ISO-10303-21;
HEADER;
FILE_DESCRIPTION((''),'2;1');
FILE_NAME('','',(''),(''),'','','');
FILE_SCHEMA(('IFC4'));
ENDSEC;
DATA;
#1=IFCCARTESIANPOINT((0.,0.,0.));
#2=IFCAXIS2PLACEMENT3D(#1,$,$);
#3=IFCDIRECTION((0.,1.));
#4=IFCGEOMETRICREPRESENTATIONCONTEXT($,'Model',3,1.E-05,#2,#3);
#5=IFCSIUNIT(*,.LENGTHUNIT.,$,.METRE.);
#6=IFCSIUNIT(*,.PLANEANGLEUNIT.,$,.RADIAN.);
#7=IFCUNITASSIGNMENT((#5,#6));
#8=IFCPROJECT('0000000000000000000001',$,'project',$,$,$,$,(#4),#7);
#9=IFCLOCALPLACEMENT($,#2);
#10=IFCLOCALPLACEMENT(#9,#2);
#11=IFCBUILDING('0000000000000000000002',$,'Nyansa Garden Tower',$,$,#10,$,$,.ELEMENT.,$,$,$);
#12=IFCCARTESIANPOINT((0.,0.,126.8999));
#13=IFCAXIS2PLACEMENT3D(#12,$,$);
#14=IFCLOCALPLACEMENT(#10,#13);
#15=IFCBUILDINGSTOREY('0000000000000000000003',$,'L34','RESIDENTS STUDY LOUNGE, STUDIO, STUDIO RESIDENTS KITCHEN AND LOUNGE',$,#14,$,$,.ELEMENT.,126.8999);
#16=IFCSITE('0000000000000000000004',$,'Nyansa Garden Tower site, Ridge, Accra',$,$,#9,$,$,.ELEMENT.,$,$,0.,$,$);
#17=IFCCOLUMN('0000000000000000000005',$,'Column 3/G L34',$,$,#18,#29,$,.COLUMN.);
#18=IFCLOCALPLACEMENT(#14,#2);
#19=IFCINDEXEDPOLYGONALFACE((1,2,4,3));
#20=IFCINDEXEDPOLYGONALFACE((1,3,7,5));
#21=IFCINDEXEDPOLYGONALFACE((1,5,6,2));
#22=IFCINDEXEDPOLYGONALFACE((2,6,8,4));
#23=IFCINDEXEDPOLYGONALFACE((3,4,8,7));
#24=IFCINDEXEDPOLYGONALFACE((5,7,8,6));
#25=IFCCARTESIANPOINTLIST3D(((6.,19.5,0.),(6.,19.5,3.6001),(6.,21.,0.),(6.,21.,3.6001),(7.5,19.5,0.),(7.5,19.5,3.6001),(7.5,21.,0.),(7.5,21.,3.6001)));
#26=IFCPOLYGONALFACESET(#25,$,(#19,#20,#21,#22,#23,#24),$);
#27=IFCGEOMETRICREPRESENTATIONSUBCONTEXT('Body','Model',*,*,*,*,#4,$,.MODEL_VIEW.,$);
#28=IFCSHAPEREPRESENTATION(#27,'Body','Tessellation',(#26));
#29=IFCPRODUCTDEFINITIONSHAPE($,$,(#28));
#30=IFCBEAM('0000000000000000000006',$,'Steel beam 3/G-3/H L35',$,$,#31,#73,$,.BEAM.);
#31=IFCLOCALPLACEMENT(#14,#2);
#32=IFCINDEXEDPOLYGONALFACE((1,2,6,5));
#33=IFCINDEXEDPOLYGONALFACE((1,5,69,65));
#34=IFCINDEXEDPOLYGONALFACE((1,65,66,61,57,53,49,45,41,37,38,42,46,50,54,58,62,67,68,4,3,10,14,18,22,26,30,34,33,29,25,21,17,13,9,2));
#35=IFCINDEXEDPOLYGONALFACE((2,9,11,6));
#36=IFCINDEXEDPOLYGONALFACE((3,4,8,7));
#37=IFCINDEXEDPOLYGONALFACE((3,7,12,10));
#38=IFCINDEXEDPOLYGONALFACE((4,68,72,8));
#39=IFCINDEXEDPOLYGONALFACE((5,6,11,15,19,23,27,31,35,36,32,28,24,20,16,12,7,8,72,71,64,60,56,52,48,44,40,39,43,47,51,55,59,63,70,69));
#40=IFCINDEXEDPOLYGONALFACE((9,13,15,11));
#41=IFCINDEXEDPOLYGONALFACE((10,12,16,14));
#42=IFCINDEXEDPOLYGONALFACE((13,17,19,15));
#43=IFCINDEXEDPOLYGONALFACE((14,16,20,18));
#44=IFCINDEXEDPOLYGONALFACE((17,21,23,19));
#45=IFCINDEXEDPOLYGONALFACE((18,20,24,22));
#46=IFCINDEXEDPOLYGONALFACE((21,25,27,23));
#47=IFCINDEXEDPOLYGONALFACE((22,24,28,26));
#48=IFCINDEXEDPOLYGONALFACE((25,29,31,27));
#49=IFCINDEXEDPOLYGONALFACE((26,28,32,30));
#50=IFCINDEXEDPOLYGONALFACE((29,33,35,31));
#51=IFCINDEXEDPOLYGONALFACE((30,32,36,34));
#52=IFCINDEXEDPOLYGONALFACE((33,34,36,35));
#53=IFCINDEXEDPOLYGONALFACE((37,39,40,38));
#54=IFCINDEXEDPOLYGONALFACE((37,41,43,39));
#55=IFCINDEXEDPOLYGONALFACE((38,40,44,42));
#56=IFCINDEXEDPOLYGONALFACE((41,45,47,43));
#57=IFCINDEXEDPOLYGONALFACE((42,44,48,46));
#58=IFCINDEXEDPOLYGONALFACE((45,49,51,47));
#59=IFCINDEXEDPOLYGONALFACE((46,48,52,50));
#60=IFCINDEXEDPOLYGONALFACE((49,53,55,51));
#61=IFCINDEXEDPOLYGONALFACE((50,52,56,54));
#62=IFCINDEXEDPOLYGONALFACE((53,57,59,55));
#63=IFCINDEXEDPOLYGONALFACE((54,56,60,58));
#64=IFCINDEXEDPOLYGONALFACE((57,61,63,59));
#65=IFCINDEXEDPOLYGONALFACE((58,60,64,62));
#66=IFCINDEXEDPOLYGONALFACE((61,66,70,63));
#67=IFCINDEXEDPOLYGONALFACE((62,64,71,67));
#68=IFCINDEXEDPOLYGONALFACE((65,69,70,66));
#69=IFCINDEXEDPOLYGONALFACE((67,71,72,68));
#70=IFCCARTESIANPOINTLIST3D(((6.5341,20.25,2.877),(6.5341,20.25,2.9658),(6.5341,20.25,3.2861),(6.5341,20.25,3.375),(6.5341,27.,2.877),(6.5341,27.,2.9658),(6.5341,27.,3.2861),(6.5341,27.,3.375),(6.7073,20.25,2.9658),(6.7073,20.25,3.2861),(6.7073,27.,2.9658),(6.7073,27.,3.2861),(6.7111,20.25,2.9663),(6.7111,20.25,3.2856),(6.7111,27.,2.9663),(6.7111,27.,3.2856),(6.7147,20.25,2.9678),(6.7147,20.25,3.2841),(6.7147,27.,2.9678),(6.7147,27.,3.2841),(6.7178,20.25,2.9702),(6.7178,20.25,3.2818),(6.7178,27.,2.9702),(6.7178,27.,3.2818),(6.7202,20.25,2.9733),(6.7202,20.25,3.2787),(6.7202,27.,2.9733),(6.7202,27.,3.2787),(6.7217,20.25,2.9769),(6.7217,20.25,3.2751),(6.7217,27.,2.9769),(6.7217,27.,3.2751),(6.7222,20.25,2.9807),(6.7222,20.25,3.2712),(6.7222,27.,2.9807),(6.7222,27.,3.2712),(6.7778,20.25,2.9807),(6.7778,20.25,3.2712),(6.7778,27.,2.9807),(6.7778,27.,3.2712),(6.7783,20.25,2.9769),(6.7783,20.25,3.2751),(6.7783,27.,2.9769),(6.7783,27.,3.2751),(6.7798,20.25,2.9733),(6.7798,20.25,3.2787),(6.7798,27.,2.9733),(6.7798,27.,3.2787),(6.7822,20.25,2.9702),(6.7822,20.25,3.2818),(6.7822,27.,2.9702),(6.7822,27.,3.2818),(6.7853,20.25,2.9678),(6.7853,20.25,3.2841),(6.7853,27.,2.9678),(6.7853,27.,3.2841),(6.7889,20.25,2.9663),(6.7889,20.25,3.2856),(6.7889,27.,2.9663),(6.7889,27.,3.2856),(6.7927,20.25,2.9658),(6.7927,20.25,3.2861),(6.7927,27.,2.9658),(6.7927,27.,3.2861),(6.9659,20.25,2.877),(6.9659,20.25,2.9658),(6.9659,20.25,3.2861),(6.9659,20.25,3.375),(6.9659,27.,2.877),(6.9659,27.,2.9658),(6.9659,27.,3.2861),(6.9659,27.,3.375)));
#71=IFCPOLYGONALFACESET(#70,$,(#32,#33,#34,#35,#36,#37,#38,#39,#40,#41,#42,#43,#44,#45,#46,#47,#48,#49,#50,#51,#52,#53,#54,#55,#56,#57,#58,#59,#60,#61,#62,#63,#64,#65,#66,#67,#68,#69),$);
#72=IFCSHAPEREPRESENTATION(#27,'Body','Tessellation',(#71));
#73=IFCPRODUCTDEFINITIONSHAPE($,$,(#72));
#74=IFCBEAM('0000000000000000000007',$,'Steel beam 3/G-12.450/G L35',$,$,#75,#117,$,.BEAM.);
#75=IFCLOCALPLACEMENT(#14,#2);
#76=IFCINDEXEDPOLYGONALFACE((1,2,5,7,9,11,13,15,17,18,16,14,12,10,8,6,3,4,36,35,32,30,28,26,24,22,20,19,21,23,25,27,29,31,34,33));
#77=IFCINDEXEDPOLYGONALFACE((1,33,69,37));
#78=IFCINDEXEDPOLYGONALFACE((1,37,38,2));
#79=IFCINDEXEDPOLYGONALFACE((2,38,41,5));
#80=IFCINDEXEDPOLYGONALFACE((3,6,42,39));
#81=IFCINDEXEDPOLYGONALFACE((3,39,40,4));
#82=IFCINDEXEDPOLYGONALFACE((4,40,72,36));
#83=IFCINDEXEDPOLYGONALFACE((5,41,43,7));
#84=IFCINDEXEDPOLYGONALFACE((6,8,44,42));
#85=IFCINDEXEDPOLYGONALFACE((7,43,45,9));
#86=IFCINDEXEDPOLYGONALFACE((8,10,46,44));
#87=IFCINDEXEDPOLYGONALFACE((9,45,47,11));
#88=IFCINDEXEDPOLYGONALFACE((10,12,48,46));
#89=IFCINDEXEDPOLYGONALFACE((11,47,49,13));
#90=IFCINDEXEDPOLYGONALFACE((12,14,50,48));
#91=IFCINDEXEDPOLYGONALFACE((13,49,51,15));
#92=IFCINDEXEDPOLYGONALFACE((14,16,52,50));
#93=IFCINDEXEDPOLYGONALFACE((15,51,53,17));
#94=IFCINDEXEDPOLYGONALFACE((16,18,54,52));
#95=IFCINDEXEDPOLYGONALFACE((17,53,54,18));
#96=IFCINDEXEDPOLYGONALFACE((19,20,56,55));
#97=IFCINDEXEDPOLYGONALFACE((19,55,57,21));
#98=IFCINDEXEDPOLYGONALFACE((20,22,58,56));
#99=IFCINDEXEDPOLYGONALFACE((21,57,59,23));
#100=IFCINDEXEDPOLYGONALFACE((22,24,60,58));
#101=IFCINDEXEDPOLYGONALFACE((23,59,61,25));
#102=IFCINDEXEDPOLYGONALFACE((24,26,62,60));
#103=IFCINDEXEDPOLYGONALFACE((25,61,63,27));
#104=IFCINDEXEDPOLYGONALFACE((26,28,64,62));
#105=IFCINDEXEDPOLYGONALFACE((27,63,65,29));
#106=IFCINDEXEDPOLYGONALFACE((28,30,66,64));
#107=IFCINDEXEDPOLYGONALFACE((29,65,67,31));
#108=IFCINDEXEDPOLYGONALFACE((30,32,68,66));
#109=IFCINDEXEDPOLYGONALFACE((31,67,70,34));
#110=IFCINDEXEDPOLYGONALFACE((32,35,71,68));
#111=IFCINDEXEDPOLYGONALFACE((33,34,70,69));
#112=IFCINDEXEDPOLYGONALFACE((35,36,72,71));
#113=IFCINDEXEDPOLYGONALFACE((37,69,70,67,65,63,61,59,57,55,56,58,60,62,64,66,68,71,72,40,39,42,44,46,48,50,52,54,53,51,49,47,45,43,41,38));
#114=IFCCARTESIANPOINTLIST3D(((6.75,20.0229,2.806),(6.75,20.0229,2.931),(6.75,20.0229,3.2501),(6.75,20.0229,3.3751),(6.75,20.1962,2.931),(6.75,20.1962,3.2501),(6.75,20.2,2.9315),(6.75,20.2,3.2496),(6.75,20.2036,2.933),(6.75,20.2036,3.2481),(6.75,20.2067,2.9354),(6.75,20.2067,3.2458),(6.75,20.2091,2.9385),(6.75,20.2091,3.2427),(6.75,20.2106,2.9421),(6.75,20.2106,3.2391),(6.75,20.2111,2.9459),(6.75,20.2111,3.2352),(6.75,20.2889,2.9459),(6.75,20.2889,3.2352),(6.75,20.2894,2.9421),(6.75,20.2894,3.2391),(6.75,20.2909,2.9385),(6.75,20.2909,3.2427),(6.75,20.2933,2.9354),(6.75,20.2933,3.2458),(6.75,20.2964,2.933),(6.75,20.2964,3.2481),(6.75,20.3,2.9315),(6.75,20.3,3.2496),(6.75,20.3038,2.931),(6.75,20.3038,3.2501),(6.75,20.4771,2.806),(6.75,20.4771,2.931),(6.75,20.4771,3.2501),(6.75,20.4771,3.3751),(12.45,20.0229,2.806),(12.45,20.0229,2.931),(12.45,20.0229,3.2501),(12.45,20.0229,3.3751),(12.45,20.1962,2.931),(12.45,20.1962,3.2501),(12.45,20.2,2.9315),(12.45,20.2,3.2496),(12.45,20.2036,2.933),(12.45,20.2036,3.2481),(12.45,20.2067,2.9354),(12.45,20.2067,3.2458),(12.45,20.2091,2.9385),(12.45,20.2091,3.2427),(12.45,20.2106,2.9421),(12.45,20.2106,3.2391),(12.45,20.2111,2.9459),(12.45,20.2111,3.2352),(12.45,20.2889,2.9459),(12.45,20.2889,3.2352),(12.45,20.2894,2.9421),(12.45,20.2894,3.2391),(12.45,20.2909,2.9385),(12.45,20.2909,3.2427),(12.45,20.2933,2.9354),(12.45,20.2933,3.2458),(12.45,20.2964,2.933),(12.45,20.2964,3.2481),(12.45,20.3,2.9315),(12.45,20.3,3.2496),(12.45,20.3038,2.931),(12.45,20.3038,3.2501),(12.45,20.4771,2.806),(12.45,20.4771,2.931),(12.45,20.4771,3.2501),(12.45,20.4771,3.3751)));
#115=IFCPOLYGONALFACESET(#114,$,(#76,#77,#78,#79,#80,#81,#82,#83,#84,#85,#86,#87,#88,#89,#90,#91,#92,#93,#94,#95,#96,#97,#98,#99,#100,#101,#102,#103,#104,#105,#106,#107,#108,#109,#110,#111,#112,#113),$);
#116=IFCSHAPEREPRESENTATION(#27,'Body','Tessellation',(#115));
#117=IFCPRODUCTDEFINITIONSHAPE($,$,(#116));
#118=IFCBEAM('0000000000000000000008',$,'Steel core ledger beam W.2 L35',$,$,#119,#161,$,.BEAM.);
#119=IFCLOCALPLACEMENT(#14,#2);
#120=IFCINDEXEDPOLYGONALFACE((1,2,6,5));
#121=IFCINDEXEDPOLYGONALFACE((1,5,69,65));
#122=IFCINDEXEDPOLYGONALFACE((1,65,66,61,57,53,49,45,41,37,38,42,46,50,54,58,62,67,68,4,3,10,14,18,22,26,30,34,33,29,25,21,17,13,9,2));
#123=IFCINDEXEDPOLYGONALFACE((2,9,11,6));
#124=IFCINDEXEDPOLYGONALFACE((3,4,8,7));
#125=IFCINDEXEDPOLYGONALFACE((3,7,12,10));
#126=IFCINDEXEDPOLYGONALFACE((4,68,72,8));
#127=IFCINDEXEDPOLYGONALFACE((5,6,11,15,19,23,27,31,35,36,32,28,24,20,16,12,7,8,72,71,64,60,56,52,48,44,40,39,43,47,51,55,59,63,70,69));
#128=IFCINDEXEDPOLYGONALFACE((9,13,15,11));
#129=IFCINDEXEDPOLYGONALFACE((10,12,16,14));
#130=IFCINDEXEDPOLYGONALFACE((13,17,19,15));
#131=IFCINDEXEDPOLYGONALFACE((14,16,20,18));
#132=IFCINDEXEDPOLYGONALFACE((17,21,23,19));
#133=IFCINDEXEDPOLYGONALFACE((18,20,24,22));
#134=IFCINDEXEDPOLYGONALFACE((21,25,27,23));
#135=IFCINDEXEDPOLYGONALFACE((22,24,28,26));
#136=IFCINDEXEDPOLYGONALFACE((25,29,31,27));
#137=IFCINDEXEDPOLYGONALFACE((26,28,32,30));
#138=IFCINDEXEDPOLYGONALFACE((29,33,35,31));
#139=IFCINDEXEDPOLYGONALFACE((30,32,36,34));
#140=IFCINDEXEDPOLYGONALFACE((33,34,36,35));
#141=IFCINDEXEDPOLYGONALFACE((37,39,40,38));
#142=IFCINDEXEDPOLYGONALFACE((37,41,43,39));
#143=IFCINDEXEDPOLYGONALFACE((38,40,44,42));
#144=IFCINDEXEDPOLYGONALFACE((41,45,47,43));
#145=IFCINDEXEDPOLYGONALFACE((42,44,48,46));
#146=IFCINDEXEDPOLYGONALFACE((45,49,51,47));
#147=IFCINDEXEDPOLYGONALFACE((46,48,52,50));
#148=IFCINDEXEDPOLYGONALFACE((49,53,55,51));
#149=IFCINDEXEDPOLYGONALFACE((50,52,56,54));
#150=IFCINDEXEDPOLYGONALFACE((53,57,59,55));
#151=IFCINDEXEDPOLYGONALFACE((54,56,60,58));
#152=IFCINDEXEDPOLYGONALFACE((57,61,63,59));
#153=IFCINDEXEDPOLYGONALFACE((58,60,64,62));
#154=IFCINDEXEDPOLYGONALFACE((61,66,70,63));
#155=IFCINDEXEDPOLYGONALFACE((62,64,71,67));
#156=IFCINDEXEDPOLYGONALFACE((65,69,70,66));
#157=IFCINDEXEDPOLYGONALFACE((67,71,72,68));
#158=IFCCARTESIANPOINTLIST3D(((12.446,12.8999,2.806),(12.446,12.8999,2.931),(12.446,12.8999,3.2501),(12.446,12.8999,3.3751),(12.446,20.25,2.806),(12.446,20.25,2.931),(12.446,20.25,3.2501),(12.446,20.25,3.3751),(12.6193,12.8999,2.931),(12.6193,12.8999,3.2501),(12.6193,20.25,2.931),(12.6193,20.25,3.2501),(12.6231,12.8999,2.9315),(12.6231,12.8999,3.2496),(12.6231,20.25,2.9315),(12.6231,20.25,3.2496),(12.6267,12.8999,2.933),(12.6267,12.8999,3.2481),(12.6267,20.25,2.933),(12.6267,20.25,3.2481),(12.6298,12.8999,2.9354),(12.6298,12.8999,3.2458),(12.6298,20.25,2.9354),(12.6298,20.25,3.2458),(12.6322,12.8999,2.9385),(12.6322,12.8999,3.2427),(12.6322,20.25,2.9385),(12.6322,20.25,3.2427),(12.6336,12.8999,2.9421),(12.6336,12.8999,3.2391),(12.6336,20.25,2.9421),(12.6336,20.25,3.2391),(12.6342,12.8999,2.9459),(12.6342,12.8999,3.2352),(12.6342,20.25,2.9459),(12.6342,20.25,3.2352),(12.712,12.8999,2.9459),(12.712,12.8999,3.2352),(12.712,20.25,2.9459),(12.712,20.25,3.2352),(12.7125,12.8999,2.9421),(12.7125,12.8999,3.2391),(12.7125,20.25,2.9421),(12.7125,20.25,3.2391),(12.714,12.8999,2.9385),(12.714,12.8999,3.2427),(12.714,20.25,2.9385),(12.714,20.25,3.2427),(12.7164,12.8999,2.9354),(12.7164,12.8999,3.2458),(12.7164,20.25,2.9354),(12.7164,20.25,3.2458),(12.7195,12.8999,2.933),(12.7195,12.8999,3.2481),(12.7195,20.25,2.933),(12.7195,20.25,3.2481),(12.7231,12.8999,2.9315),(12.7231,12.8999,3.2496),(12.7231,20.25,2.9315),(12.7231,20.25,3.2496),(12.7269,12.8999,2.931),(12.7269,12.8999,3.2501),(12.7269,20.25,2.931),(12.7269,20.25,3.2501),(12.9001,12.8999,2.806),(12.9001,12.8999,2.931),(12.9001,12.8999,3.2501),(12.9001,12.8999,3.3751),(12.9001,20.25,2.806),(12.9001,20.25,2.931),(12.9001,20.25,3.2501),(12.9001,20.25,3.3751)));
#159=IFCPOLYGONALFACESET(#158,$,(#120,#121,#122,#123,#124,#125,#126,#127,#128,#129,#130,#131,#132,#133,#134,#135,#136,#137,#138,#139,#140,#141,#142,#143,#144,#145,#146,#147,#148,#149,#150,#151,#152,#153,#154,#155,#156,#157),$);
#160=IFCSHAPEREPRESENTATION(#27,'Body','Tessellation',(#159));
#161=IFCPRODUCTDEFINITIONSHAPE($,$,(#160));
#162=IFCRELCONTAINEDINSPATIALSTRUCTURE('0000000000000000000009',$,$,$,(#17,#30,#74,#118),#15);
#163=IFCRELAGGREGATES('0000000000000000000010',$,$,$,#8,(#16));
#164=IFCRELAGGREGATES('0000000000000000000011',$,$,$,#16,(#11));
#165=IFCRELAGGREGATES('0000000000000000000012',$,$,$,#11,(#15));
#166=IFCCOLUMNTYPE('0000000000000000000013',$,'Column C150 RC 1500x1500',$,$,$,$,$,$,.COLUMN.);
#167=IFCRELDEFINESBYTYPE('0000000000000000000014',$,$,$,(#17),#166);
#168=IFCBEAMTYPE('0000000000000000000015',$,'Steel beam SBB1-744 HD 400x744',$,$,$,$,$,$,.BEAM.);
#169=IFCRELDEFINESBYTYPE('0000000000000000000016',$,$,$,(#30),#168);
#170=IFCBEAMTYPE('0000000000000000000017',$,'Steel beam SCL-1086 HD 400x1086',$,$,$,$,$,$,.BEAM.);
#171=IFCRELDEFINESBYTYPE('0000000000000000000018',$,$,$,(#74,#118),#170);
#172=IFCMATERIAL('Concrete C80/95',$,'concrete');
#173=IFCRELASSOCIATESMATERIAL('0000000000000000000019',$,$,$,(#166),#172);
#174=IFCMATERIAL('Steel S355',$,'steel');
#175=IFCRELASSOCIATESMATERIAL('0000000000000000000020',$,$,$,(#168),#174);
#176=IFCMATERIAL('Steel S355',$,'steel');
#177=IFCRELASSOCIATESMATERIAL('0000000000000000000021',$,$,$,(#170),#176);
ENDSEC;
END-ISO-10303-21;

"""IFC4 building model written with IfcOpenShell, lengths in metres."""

from ifc_helpers import new_model, si_unit, direction, frame, origin, origin_2d, place, context, subcontext, project, spatial, rectangle, i_section, extrude, material, material_profile, profile_set, type_object, element, save


model = new_model("IFC4")

# Units and contexts
model_context = context("Model", 3, precision=1e-05, world=origin(), true_north=direction((0.0, 1.0)))
body_context = subcontext(model_context, "Body", "Model", "MODEL_VIEW")
ifc_project = project(units=[si_unit("LENGTHUNIT", "METRE"), si_unit("PLANEANGLEUNIT", "RADIAN")], contexts=[model_context])

# Site, building, storey
site_placement = place(None, origin())
site = spatial("IfcSite", under=ifc_project, at=site_placement, Name="Nyansa Garden Tower site, Ridge, Accra", CompositionType="ELEMENT", RefElevation=0.0)
building_placement = place(site_placement, origin())
building = spatial("IfcBuilding", under=site, at=building_placement, Name="Nyansa Garden Tower", CompositionType="ELEMENT")
storey_placement = place(building_placement, frame((0.0, 0.0, 126.8999)))
storey = spatial("IfcBuildingStorey", under=building, at=storey_placement, Name="L34", Description="RESIDENTS STUDY LOUNGE, STUDIO, STUDIO RESIDENTS KITCHEN AND LOUNGE", CompositionType="ELEMENT", Elevation=126.8999)

# Column
ifc_material_1 = material(Name="Concrete C80/95", Category="concrete")
ifc_material_profile_1 = material_profile(ifc_material_1, rectangle(XDim=1.5, YDim=1.5, at=origin_2d()), Name="RC 1500x1500")
ifc_profile_set_1 = profile_set([ifc_material_profile_1], Name="Concrete C80/95")
column_type = type_object("IfcColumnType", Name="Column C150 RC 1500x1500", PredefinedType="COLUMN", material=ifc_profile_set_1)
column_placement = place(storey_placement, frame((6.75, 20.25, 0.0), z_axis=(0.0, 0.0, 1.0), x_axis=(1.0, 0.0, 0.0)))
element("IfcColumn", 1, at=column_placement, inside=storey, type_object=column_type, Name="Column 3/G L34", PredefinedType="COLUMN", context=body_context, shape_type="SweptSolid", body=[
    extrude(rectangle(XDim=1.5, YDim=1.5, at=origin_2d()), origin(), (0.0, 0.0, 1.0), 3.6001),
])

# Beams
ifc_material_2 = material(Name="Steel S355", Category="steel")
ifc_material_profile_2 = material_profile(ifc_material_2, i_section(OverallWidth=0.4319, OverallDepth=0.498, WebThickness=0.0557, FlangeThickness=0.0889, FilletRadius=0.0149, at=origin_2d()), Name="HD 400x744")
ifc_profile_set_2 = profile_set([ifc_material_profile_2], Name="Steel S355")
beam_type_1 = type_object("IfcBeamType", Name="Steel beam SBB1-744 HD 400x744", PredefinedType="BEAM", material=ifc_profile_set_2)
beam_1_placement = place(storey_placement, frame((6.75, 20.25, 3.126), z_axis=(0.0, 1.0, 0.0), x_axis=(-1.0, 0.0, 0.0)))
element("IfcBeam", 2, at=beam_1_placement, inside=storey, type_object=beam_type_1, Name="Steel beam 3/G-3/H L35", PredefinedType="BEAM", context=body_context, shape_type="SweptSolid", body=[
    extrude(i_section(OverallWidth=0.4319, OverallDepth=0.498, WebThickness=0.0557, FlangeThickness=0.0889, FilletRadius=0.0149, at=origin_2d()), origin(), (0.0, 0.0, 1.0), 6.75),
])
ifc_material_3 = material(Name="Steel S355", Category="steel")
ifc_material_profile_3 = material_profile(ifc_material_3, i_section(OverallWidth=0.4541, OverallDepth=0.5691, WebThickness=0.0779, FlangeThickness=0.125, FilletRadius=0.0149, at=origin_2d()), Name="HD 400x1086")
ifc_profile_set_3 = profile_set([ifc_material_profile_3], Name="Steel S355")
beam_type_2 = type_object("IfcBeamType", Name="Steel beam SCL-1086 HD 400x1086", PredefinedType="BEAM", material=ifc_profile_set_3)
beam_2_placement = place(storey_placement, frame((6.75, 20.25, 3.0906), z_axis=(1.0, 0.0, 0.0), x_axis=(0.0, 1.0, 0.0)))
element("IfcBeam", 3, at=beam_2_placement, inside=storey, type_object=beam_type_2, Name="Steel beam 3/G-12.450/G L35", PredefinedType="BEAM", context=body_context, shape_type="SweptSolid", body=[
    extrude(i_section(OverallWidth=0.4541, OverallDepth=0.5691, WebThickness=0.0779, FlangeThickness=0.125, FilletRadius=0.0149, at=origin_2d()), origin(), (0.0, 0.0, 1.0), 5.7),
])
beam_3_placement = place(storey_placement, frame((12.6731, 20.25, 3.0906), z_axis=(0.0, -1.0, 0.0), x_axis=(1.0, 0.0, 0.0)))
element("IfcBeam", 4, at=beam_3_placement, inside=storey, type_object=beam_type_2, Name="Steel core ledger beam W.2 L35", PredefinedType="BEAM", context=body_context, shape_type="SweptSolid", body=[
    extrude(i_section(OverallWidth=0.4541, OverallDepth=0.5691, WebThickness=0.0779, FlangeThickness=0.125, FilletRadius=0.0149, at=origin_2d()), origin(), (0.0, 0.0, 1.0), 7.3501),
])

save(model, "model.ifc")
